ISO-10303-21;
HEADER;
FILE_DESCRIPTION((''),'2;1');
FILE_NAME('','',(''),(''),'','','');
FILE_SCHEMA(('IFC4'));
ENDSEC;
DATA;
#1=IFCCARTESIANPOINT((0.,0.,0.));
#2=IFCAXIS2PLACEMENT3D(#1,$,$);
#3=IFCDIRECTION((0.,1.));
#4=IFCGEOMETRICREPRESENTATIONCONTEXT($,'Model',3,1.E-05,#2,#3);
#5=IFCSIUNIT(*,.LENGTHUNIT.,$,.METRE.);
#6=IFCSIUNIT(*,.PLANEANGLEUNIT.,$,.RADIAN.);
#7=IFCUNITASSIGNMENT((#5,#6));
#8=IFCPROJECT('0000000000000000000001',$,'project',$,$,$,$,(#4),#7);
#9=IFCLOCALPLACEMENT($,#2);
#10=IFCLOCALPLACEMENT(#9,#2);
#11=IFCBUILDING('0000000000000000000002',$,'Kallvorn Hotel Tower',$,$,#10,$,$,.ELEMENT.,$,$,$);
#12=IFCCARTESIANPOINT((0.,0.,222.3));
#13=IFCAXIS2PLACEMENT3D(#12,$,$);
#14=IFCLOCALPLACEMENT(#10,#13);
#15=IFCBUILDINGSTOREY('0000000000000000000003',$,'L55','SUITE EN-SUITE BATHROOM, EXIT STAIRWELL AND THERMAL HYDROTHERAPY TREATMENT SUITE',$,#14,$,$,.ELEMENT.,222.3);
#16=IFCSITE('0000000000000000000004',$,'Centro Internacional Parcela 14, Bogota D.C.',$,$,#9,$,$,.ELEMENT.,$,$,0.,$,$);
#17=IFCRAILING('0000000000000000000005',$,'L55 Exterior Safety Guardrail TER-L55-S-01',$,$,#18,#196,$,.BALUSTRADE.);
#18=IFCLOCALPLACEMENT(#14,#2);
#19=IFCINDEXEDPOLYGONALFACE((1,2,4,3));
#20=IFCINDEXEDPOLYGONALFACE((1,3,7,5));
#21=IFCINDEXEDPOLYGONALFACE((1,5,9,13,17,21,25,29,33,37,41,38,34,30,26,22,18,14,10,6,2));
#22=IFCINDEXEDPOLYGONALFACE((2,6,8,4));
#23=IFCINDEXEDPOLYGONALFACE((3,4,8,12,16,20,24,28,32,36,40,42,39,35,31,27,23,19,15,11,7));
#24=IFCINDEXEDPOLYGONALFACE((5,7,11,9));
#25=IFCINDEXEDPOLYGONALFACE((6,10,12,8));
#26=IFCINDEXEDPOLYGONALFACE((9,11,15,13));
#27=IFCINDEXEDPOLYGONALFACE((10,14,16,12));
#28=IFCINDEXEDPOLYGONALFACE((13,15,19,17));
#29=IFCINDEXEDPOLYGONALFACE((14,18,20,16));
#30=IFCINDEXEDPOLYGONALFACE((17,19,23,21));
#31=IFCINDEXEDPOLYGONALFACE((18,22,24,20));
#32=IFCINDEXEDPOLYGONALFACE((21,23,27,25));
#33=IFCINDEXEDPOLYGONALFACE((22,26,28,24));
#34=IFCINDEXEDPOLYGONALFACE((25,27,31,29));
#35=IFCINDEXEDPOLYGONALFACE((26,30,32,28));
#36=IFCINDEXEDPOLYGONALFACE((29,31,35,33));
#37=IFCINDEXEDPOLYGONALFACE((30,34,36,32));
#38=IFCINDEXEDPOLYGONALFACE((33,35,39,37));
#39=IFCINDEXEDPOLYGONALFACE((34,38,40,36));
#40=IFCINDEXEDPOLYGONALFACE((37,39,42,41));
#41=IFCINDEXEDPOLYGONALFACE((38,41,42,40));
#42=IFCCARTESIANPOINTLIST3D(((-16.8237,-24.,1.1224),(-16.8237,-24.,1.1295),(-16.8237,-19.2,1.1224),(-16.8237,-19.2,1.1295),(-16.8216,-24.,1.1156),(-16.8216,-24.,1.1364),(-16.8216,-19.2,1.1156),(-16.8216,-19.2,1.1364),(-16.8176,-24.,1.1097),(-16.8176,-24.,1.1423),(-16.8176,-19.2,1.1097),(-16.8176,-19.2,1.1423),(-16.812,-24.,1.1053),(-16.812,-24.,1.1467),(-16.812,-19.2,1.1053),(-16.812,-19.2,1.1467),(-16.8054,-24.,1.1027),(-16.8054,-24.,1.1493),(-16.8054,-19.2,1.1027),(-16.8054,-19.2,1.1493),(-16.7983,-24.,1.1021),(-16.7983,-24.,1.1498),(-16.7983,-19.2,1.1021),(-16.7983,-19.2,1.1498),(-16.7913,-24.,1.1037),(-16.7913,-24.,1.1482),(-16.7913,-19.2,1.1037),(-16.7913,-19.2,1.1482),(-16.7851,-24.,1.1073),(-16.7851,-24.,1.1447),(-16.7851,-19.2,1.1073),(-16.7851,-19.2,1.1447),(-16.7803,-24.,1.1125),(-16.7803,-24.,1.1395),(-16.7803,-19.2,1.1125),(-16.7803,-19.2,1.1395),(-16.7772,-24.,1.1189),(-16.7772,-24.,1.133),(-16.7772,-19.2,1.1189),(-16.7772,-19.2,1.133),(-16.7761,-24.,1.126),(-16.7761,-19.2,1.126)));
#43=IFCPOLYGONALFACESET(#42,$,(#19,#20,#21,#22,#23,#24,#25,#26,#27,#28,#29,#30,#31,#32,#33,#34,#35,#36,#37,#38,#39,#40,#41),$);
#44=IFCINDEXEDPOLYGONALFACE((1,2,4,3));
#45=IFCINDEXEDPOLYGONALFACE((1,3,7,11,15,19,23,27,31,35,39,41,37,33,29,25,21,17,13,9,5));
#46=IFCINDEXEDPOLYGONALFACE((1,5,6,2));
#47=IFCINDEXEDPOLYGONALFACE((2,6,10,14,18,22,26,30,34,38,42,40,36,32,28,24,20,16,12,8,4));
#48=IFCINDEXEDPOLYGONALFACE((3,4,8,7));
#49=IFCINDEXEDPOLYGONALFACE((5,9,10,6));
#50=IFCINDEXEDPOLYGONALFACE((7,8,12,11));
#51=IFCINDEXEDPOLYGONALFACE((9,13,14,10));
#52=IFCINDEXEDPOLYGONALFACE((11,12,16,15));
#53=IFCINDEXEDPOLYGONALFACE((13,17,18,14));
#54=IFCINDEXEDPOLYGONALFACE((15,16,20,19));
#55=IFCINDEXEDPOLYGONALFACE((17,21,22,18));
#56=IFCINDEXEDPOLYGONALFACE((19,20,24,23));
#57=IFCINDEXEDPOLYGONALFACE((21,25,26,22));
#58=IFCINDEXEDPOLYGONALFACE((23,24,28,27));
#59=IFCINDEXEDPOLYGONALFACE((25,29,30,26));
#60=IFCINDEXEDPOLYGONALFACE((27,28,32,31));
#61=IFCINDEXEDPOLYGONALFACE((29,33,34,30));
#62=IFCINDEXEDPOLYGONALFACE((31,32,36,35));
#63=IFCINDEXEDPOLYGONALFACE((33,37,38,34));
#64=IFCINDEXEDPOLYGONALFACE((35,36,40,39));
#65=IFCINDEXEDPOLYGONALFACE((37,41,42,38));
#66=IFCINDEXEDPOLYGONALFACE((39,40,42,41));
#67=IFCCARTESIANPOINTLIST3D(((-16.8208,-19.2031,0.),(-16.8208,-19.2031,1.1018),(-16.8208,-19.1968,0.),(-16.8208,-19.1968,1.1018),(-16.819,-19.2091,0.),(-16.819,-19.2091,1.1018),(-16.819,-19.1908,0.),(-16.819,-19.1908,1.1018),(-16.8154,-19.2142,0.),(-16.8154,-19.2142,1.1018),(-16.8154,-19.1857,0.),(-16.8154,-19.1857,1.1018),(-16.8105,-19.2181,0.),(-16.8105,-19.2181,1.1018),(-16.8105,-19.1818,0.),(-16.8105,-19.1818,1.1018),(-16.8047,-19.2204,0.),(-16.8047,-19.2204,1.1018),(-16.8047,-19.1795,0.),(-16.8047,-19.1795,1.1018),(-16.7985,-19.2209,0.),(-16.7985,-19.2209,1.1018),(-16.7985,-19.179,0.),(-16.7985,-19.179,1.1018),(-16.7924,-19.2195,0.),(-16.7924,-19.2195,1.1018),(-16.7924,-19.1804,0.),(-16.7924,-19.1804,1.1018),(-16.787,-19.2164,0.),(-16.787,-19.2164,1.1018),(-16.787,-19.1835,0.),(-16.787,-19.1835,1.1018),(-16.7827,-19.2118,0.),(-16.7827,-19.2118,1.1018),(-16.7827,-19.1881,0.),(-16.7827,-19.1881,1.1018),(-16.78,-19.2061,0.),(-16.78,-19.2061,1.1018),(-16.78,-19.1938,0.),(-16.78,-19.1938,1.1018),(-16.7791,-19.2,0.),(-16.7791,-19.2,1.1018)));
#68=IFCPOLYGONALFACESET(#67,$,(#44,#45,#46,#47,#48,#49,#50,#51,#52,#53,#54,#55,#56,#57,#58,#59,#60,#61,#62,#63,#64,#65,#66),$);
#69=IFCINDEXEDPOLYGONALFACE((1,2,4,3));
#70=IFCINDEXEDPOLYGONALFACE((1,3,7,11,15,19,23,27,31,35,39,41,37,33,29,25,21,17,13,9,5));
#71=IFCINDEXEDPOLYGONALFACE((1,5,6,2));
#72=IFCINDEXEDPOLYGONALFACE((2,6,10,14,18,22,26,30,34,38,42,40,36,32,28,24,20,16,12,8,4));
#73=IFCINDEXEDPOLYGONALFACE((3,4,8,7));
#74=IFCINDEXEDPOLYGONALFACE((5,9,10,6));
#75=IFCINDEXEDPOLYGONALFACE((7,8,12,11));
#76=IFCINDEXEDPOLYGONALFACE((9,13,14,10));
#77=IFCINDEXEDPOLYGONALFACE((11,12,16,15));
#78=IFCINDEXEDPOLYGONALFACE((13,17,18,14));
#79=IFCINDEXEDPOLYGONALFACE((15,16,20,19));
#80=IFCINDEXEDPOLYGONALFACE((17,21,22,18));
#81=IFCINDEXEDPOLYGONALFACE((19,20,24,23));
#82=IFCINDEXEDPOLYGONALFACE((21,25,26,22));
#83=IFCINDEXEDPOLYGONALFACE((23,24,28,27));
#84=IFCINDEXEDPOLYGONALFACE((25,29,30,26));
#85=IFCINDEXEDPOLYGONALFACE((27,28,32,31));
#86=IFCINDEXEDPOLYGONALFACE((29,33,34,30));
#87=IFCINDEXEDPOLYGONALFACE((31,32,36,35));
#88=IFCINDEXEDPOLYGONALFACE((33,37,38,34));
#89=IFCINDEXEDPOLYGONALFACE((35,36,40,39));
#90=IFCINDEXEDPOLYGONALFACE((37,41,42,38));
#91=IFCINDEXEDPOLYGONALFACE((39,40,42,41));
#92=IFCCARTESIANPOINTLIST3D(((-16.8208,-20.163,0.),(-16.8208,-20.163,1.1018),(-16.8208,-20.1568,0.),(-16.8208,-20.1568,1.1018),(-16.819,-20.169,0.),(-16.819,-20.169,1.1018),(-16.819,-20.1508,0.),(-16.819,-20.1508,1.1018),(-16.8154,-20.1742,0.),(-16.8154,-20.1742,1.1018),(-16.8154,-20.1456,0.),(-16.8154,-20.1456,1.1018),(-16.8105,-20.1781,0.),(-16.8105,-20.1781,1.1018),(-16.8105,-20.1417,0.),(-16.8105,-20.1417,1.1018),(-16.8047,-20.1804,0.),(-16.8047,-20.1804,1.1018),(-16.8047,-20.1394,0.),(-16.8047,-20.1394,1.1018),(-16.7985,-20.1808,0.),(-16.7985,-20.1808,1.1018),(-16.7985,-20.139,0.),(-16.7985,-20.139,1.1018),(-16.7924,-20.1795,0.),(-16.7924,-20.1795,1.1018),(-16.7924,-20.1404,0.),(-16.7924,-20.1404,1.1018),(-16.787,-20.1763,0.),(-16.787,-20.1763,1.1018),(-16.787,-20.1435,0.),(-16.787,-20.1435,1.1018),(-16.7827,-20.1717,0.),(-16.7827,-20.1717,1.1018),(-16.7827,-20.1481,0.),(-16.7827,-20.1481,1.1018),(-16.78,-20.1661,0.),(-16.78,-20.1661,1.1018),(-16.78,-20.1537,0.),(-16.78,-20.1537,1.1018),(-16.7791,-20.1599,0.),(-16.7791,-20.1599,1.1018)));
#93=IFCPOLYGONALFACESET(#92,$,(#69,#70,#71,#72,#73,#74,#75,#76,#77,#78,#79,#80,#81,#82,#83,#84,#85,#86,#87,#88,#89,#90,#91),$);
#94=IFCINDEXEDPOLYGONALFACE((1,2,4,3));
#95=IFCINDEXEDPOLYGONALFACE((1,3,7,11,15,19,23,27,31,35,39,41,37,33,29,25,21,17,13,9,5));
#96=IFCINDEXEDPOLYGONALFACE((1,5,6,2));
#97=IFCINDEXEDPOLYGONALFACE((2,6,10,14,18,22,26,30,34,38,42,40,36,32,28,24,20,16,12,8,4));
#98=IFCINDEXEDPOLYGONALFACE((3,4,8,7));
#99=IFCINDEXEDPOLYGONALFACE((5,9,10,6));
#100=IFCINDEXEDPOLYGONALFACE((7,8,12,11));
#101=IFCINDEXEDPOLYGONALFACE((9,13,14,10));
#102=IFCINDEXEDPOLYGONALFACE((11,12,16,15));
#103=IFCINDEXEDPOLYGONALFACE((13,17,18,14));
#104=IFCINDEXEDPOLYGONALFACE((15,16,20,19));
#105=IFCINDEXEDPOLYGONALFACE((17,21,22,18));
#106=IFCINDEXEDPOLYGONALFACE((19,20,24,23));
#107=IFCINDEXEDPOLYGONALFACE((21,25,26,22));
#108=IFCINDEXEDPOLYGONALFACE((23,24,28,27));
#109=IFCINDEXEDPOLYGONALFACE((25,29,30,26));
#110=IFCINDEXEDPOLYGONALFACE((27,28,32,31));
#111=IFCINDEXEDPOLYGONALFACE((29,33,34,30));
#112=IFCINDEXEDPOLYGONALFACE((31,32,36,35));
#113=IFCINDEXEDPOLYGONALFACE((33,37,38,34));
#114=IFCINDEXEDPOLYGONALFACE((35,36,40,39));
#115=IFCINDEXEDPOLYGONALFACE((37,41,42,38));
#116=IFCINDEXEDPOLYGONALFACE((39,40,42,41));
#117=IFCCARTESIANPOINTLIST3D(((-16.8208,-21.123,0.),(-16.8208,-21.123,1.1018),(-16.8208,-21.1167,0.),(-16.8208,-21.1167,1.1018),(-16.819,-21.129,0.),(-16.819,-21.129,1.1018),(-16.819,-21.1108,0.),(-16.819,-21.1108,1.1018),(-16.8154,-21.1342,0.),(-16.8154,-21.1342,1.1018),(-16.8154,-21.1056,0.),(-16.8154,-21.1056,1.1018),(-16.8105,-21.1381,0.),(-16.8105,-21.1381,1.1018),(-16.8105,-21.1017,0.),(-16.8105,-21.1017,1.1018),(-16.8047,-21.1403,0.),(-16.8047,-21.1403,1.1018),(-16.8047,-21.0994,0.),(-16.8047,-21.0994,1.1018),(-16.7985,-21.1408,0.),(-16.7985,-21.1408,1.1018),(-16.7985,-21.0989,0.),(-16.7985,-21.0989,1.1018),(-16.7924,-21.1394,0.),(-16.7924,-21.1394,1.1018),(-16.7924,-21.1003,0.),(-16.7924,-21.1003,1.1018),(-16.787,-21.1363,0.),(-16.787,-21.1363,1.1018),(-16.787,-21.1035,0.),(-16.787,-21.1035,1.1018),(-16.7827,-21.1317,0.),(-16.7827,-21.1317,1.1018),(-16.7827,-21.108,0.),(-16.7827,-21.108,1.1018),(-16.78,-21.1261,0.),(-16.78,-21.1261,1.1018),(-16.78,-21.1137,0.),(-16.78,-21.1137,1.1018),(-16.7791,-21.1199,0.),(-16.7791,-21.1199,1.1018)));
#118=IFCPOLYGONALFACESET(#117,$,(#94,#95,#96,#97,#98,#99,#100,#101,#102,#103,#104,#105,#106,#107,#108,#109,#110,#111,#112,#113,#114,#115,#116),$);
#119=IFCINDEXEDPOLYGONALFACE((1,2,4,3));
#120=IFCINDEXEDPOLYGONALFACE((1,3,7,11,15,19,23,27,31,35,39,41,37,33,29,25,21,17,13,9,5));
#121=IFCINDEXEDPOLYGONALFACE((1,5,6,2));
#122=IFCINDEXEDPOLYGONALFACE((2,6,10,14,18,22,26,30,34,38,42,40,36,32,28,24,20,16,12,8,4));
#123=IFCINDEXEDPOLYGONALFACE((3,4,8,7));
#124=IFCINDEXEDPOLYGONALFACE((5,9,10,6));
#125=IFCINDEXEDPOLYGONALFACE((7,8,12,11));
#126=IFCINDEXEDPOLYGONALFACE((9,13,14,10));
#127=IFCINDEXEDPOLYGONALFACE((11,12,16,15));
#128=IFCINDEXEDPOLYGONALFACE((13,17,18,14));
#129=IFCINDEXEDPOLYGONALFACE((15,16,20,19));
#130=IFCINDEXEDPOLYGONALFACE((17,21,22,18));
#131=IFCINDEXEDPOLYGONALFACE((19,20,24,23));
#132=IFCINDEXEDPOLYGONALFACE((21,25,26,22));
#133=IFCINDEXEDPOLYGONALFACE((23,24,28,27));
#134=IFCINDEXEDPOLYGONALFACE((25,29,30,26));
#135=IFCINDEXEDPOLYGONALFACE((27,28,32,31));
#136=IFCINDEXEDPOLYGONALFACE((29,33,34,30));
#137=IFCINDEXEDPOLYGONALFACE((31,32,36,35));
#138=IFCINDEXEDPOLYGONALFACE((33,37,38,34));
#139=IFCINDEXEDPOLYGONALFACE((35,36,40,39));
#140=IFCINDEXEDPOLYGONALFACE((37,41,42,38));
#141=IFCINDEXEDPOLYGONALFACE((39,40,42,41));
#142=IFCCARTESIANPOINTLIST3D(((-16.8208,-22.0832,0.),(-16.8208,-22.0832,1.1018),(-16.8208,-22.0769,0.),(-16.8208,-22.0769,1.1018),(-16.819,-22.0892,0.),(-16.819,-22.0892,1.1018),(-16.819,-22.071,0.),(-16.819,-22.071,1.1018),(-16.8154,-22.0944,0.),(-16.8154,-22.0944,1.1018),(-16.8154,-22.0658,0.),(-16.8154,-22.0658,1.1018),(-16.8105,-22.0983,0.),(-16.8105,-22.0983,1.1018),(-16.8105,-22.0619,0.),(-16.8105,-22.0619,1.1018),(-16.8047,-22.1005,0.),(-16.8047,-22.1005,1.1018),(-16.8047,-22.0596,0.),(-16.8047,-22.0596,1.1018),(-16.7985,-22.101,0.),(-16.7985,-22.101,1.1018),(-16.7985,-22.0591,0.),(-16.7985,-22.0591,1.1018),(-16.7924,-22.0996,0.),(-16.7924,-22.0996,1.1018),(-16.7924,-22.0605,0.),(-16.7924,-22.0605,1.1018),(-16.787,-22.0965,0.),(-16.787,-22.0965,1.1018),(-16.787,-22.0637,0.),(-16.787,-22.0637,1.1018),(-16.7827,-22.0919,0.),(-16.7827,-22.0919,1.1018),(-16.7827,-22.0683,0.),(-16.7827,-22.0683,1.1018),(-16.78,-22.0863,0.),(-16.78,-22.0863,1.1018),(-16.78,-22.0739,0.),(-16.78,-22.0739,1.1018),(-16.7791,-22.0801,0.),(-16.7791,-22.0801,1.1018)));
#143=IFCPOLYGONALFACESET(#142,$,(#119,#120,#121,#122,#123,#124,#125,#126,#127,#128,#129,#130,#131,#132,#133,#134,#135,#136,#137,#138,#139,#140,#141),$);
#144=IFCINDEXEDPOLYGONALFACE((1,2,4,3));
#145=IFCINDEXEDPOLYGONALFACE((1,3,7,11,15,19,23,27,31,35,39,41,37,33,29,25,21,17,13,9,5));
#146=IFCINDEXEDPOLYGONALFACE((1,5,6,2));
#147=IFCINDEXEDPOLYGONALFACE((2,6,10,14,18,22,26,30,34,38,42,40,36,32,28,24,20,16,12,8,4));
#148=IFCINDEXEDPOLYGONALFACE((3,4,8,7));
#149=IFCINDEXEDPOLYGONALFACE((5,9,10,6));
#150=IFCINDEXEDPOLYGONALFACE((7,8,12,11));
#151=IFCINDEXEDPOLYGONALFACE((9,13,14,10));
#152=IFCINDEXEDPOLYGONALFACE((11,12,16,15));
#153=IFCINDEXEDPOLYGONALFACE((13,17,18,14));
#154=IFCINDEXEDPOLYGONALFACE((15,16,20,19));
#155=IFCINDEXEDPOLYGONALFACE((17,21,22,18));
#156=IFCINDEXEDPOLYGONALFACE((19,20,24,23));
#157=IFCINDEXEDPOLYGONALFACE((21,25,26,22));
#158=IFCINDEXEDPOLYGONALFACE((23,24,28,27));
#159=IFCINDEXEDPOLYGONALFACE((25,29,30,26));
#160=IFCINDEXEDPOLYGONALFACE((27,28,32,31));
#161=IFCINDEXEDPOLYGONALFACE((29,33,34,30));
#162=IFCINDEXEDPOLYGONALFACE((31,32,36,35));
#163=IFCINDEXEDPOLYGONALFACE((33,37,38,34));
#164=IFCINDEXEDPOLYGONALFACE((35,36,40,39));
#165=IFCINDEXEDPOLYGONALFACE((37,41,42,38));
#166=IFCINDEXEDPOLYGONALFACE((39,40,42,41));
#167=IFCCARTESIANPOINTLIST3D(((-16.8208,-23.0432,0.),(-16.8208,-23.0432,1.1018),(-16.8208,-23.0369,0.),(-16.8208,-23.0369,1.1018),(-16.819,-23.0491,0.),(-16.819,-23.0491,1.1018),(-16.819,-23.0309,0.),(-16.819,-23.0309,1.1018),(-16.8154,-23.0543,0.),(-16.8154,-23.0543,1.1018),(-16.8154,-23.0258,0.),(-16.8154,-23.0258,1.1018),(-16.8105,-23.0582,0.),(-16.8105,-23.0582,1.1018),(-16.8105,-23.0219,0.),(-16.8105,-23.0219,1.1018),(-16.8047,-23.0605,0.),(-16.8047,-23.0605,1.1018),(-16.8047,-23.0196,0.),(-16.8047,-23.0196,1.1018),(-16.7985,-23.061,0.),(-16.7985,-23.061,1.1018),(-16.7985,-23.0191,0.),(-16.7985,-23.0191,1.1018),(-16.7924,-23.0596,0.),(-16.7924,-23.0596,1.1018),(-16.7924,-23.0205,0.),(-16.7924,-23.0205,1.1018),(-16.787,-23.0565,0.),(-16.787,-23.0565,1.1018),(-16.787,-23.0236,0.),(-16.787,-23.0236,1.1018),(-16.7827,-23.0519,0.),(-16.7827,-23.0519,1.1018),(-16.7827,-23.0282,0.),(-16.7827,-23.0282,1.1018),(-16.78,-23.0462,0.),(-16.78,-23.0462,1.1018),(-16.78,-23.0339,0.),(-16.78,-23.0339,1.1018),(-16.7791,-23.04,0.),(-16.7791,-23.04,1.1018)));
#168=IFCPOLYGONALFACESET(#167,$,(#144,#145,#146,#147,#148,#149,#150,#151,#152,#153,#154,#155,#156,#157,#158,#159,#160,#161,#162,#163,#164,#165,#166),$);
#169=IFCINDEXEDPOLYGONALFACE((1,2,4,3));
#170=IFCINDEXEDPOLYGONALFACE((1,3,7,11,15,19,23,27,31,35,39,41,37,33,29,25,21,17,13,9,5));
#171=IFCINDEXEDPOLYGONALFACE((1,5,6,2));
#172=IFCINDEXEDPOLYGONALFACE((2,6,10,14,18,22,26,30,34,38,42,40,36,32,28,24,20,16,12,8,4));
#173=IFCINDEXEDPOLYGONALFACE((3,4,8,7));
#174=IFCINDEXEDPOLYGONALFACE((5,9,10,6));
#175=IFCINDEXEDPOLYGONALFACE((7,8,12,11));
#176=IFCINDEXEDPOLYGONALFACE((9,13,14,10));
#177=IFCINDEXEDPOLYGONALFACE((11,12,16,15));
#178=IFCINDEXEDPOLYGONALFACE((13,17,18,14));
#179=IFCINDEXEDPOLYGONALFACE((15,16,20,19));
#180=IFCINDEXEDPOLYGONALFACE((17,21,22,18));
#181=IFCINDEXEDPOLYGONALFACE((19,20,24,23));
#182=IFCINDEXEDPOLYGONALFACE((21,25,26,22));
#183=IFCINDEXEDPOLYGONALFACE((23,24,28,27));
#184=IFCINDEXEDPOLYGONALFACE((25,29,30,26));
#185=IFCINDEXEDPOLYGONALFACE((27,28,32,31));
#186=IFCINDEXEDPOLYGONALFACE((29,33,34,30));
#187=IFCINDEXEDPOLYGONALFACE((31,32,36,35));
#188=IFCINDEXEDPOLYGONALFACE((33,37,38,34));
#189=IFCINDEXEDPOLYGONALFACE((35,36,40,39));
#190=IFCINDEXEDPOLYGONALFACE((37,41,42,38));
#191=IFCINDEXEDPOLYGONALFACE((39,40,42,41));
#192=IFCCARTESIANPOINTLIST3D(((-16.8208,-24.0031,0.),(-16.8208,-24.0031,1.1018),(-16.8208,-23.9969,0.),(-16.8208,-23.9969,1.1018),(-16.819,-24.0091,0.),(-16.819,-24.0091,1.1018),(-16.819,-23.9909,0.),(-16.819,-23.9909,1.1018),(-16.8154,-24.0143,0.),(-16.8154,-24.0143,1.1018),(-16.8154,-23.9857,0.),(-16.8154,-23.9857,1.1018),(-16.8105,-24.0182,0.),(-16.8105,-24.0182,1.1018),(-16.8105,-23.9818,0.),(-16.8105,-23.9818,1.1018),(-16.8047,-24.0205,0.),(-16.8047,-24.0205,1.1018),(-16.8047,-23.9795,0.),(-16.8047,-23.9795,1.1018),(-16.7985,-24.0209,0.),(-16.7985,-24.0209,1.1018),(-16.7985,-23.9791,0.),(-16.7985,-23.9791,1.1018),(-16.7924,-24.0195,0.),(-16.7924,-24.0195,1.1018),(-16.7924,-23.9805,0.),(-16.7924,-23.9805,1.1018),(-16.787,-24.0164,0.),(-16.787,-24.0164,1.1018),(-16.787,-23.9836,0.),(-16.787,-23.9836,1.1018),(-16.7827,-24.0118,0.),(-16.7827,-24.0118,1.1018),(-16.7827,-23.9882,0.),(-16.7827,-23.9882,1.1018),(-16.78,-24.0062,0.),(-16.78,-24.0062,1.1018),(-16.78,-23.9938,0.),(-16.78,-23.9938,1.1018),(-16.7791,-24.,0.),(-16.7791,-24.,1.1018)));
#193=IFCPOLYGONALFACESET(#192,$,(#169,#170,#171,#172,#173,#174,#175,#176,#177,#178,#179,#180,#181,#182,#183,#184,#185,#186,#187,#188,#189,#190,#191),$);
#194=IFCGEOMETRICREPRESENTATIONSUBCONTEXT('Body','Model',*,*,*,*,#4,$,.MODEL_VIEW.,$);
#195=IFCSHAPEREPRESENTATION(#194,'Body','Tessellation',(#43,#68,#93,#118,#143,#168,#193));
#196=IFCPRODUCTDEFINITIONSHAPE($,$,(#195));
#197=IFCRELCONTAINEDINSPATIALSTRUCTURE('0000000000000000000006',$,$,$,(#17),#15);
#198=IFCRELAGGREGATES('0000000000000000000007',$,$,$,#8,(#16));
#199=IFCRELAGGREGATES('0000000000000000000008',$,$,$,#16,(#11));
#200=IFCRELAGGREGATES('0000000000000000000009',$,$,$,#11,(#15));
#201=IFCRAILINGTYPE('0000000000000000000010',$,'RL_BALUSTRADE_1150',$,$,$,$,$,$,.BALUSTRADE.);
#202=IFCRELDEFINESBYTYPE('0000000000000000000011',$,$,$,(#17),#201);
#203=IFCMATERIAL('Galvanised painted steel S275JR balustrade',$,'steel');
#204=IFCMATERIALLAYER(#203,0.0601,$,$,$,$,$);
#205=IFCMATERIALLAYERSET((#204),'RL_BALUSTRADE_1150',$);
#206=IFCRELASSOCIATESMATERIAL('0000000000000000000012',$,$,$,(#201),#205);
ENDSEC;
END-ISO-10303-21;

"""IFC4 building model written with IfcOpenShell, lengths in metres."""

from ifc_helpers import new_model, si_unit, direction, frame, origin, origin_2d, place, context, subcontext, project, spatial, circle, extrude, material, layer, layer_set, type_object, element, save


model = new_model("IFC4")

# Units and contexts
model_context = context("Model", 3, precision=1e-05, world=origin(), true_north=direction((0.0, 1.0)))
body_context = subcontext(model_context, "Body", "Model", "MODEL_VIEW")
ifc_project = project(units=[si_unit("LENGTHUNIT", "METRE"), si_unit("PLANEANGLEUNIT", "RADIAN")], contexts=[model_context])

# Site, building, storey
site_placement = place(None, origin())
site = spatial("IfcSite", under=ifc_project, at=site_placement, Name="Centro Internacional Parcela 14, Bogota D.C.", CompositionType="ELEMENT", RefElevation=0.0)
building_placement = place(site_placement, origin())
building = spatial("IfcBuilding", under=site, at=building_placement, Name="Kallvorn Hotel Tower", CompositionType="ELEMENT")
storey_placement = place(building_placement, frame((0.0, 0.0, 222.3)))
storey = spatial("IfcBuildingStorey", under=building, at=storey_placement, Name="L55", Description="SUITE EN-SUITE BATHROOM, EXIT STAIRWELL AND THERMAL HYDROTHERAPY TREATMENT SUITE", CompositionType="ELEMENT", Elevation=222.3)

# Railing
ifc_material_1 = material(Name="Galvanised painted steel S275JR balustrade", Category="steel")
ifc_layer_1 = layer(ifc_material_1, 0.0601)
ifc_layer_set_1 = layer_set([ifc_layer_1], Name="RL_BALUSTRADE_1150")
railing_type = type_object("IfcRailingType", Name="RL_BALUSTRADE_1150", PredefinedType="BALUSTRADE", material=ifc_layer_set_1)
railing_1_placement = place(storey_placement, frame((-16.8, -19.2, 0.0)))
element("IfcRailing", 1, at=railing_1_placement, inside=storey, type_object=railing_type, Name="L55 Exterior Safety Guardrail TER-L55-S-01", PredefinedType="BALUSTRADE", context=body_context, shape_type="SweptSolid", body=[
    extrude(circle(Radius=0.0239, at=origin_2d()), frame((0.0, 0.0, 1.126), z_axis=(0.0, -1.0, 0.0), x_axis=(1.0, 0.0, 0.0)), (0.0, 0.0, 1.0), 4.8),
    extrude(circle(Radius=0.021, at=origin_2d()), origin(), (0.0, 0.0, 1.0), 1.1018),
    extrude(circle(Radius=0.021, at=origin_2d()), frame((0.0, -0.96, 0.0)), (0.0, 0.0, 1.0), 1.1018),
    extrude(circle(Radius=0.021, at=origin_2d()), frame((0.0, -1.9199, 0.0)), (0.0, 0.0, 1.0), 1.1018),
    extrude(circle(Radius=0.021, at=origin_2d()), frame((0.0, -2.8801, 0.0)), (0.0, 0.0, 1.0), 1.1018),
    extrude(circle(Radius=0.021, at=origin_2d()), frame((0.0, -3.8401, 0.0)), (0.0, 0.0, 1.0), 1.1018),
    extrude(circle(Radius=0.021, at=origin_2d()), frame((0.0, -4.8, 0.0)), (0.0, 0.0, 1.0), 1.1018),
])

save(model, "model.ifc")
